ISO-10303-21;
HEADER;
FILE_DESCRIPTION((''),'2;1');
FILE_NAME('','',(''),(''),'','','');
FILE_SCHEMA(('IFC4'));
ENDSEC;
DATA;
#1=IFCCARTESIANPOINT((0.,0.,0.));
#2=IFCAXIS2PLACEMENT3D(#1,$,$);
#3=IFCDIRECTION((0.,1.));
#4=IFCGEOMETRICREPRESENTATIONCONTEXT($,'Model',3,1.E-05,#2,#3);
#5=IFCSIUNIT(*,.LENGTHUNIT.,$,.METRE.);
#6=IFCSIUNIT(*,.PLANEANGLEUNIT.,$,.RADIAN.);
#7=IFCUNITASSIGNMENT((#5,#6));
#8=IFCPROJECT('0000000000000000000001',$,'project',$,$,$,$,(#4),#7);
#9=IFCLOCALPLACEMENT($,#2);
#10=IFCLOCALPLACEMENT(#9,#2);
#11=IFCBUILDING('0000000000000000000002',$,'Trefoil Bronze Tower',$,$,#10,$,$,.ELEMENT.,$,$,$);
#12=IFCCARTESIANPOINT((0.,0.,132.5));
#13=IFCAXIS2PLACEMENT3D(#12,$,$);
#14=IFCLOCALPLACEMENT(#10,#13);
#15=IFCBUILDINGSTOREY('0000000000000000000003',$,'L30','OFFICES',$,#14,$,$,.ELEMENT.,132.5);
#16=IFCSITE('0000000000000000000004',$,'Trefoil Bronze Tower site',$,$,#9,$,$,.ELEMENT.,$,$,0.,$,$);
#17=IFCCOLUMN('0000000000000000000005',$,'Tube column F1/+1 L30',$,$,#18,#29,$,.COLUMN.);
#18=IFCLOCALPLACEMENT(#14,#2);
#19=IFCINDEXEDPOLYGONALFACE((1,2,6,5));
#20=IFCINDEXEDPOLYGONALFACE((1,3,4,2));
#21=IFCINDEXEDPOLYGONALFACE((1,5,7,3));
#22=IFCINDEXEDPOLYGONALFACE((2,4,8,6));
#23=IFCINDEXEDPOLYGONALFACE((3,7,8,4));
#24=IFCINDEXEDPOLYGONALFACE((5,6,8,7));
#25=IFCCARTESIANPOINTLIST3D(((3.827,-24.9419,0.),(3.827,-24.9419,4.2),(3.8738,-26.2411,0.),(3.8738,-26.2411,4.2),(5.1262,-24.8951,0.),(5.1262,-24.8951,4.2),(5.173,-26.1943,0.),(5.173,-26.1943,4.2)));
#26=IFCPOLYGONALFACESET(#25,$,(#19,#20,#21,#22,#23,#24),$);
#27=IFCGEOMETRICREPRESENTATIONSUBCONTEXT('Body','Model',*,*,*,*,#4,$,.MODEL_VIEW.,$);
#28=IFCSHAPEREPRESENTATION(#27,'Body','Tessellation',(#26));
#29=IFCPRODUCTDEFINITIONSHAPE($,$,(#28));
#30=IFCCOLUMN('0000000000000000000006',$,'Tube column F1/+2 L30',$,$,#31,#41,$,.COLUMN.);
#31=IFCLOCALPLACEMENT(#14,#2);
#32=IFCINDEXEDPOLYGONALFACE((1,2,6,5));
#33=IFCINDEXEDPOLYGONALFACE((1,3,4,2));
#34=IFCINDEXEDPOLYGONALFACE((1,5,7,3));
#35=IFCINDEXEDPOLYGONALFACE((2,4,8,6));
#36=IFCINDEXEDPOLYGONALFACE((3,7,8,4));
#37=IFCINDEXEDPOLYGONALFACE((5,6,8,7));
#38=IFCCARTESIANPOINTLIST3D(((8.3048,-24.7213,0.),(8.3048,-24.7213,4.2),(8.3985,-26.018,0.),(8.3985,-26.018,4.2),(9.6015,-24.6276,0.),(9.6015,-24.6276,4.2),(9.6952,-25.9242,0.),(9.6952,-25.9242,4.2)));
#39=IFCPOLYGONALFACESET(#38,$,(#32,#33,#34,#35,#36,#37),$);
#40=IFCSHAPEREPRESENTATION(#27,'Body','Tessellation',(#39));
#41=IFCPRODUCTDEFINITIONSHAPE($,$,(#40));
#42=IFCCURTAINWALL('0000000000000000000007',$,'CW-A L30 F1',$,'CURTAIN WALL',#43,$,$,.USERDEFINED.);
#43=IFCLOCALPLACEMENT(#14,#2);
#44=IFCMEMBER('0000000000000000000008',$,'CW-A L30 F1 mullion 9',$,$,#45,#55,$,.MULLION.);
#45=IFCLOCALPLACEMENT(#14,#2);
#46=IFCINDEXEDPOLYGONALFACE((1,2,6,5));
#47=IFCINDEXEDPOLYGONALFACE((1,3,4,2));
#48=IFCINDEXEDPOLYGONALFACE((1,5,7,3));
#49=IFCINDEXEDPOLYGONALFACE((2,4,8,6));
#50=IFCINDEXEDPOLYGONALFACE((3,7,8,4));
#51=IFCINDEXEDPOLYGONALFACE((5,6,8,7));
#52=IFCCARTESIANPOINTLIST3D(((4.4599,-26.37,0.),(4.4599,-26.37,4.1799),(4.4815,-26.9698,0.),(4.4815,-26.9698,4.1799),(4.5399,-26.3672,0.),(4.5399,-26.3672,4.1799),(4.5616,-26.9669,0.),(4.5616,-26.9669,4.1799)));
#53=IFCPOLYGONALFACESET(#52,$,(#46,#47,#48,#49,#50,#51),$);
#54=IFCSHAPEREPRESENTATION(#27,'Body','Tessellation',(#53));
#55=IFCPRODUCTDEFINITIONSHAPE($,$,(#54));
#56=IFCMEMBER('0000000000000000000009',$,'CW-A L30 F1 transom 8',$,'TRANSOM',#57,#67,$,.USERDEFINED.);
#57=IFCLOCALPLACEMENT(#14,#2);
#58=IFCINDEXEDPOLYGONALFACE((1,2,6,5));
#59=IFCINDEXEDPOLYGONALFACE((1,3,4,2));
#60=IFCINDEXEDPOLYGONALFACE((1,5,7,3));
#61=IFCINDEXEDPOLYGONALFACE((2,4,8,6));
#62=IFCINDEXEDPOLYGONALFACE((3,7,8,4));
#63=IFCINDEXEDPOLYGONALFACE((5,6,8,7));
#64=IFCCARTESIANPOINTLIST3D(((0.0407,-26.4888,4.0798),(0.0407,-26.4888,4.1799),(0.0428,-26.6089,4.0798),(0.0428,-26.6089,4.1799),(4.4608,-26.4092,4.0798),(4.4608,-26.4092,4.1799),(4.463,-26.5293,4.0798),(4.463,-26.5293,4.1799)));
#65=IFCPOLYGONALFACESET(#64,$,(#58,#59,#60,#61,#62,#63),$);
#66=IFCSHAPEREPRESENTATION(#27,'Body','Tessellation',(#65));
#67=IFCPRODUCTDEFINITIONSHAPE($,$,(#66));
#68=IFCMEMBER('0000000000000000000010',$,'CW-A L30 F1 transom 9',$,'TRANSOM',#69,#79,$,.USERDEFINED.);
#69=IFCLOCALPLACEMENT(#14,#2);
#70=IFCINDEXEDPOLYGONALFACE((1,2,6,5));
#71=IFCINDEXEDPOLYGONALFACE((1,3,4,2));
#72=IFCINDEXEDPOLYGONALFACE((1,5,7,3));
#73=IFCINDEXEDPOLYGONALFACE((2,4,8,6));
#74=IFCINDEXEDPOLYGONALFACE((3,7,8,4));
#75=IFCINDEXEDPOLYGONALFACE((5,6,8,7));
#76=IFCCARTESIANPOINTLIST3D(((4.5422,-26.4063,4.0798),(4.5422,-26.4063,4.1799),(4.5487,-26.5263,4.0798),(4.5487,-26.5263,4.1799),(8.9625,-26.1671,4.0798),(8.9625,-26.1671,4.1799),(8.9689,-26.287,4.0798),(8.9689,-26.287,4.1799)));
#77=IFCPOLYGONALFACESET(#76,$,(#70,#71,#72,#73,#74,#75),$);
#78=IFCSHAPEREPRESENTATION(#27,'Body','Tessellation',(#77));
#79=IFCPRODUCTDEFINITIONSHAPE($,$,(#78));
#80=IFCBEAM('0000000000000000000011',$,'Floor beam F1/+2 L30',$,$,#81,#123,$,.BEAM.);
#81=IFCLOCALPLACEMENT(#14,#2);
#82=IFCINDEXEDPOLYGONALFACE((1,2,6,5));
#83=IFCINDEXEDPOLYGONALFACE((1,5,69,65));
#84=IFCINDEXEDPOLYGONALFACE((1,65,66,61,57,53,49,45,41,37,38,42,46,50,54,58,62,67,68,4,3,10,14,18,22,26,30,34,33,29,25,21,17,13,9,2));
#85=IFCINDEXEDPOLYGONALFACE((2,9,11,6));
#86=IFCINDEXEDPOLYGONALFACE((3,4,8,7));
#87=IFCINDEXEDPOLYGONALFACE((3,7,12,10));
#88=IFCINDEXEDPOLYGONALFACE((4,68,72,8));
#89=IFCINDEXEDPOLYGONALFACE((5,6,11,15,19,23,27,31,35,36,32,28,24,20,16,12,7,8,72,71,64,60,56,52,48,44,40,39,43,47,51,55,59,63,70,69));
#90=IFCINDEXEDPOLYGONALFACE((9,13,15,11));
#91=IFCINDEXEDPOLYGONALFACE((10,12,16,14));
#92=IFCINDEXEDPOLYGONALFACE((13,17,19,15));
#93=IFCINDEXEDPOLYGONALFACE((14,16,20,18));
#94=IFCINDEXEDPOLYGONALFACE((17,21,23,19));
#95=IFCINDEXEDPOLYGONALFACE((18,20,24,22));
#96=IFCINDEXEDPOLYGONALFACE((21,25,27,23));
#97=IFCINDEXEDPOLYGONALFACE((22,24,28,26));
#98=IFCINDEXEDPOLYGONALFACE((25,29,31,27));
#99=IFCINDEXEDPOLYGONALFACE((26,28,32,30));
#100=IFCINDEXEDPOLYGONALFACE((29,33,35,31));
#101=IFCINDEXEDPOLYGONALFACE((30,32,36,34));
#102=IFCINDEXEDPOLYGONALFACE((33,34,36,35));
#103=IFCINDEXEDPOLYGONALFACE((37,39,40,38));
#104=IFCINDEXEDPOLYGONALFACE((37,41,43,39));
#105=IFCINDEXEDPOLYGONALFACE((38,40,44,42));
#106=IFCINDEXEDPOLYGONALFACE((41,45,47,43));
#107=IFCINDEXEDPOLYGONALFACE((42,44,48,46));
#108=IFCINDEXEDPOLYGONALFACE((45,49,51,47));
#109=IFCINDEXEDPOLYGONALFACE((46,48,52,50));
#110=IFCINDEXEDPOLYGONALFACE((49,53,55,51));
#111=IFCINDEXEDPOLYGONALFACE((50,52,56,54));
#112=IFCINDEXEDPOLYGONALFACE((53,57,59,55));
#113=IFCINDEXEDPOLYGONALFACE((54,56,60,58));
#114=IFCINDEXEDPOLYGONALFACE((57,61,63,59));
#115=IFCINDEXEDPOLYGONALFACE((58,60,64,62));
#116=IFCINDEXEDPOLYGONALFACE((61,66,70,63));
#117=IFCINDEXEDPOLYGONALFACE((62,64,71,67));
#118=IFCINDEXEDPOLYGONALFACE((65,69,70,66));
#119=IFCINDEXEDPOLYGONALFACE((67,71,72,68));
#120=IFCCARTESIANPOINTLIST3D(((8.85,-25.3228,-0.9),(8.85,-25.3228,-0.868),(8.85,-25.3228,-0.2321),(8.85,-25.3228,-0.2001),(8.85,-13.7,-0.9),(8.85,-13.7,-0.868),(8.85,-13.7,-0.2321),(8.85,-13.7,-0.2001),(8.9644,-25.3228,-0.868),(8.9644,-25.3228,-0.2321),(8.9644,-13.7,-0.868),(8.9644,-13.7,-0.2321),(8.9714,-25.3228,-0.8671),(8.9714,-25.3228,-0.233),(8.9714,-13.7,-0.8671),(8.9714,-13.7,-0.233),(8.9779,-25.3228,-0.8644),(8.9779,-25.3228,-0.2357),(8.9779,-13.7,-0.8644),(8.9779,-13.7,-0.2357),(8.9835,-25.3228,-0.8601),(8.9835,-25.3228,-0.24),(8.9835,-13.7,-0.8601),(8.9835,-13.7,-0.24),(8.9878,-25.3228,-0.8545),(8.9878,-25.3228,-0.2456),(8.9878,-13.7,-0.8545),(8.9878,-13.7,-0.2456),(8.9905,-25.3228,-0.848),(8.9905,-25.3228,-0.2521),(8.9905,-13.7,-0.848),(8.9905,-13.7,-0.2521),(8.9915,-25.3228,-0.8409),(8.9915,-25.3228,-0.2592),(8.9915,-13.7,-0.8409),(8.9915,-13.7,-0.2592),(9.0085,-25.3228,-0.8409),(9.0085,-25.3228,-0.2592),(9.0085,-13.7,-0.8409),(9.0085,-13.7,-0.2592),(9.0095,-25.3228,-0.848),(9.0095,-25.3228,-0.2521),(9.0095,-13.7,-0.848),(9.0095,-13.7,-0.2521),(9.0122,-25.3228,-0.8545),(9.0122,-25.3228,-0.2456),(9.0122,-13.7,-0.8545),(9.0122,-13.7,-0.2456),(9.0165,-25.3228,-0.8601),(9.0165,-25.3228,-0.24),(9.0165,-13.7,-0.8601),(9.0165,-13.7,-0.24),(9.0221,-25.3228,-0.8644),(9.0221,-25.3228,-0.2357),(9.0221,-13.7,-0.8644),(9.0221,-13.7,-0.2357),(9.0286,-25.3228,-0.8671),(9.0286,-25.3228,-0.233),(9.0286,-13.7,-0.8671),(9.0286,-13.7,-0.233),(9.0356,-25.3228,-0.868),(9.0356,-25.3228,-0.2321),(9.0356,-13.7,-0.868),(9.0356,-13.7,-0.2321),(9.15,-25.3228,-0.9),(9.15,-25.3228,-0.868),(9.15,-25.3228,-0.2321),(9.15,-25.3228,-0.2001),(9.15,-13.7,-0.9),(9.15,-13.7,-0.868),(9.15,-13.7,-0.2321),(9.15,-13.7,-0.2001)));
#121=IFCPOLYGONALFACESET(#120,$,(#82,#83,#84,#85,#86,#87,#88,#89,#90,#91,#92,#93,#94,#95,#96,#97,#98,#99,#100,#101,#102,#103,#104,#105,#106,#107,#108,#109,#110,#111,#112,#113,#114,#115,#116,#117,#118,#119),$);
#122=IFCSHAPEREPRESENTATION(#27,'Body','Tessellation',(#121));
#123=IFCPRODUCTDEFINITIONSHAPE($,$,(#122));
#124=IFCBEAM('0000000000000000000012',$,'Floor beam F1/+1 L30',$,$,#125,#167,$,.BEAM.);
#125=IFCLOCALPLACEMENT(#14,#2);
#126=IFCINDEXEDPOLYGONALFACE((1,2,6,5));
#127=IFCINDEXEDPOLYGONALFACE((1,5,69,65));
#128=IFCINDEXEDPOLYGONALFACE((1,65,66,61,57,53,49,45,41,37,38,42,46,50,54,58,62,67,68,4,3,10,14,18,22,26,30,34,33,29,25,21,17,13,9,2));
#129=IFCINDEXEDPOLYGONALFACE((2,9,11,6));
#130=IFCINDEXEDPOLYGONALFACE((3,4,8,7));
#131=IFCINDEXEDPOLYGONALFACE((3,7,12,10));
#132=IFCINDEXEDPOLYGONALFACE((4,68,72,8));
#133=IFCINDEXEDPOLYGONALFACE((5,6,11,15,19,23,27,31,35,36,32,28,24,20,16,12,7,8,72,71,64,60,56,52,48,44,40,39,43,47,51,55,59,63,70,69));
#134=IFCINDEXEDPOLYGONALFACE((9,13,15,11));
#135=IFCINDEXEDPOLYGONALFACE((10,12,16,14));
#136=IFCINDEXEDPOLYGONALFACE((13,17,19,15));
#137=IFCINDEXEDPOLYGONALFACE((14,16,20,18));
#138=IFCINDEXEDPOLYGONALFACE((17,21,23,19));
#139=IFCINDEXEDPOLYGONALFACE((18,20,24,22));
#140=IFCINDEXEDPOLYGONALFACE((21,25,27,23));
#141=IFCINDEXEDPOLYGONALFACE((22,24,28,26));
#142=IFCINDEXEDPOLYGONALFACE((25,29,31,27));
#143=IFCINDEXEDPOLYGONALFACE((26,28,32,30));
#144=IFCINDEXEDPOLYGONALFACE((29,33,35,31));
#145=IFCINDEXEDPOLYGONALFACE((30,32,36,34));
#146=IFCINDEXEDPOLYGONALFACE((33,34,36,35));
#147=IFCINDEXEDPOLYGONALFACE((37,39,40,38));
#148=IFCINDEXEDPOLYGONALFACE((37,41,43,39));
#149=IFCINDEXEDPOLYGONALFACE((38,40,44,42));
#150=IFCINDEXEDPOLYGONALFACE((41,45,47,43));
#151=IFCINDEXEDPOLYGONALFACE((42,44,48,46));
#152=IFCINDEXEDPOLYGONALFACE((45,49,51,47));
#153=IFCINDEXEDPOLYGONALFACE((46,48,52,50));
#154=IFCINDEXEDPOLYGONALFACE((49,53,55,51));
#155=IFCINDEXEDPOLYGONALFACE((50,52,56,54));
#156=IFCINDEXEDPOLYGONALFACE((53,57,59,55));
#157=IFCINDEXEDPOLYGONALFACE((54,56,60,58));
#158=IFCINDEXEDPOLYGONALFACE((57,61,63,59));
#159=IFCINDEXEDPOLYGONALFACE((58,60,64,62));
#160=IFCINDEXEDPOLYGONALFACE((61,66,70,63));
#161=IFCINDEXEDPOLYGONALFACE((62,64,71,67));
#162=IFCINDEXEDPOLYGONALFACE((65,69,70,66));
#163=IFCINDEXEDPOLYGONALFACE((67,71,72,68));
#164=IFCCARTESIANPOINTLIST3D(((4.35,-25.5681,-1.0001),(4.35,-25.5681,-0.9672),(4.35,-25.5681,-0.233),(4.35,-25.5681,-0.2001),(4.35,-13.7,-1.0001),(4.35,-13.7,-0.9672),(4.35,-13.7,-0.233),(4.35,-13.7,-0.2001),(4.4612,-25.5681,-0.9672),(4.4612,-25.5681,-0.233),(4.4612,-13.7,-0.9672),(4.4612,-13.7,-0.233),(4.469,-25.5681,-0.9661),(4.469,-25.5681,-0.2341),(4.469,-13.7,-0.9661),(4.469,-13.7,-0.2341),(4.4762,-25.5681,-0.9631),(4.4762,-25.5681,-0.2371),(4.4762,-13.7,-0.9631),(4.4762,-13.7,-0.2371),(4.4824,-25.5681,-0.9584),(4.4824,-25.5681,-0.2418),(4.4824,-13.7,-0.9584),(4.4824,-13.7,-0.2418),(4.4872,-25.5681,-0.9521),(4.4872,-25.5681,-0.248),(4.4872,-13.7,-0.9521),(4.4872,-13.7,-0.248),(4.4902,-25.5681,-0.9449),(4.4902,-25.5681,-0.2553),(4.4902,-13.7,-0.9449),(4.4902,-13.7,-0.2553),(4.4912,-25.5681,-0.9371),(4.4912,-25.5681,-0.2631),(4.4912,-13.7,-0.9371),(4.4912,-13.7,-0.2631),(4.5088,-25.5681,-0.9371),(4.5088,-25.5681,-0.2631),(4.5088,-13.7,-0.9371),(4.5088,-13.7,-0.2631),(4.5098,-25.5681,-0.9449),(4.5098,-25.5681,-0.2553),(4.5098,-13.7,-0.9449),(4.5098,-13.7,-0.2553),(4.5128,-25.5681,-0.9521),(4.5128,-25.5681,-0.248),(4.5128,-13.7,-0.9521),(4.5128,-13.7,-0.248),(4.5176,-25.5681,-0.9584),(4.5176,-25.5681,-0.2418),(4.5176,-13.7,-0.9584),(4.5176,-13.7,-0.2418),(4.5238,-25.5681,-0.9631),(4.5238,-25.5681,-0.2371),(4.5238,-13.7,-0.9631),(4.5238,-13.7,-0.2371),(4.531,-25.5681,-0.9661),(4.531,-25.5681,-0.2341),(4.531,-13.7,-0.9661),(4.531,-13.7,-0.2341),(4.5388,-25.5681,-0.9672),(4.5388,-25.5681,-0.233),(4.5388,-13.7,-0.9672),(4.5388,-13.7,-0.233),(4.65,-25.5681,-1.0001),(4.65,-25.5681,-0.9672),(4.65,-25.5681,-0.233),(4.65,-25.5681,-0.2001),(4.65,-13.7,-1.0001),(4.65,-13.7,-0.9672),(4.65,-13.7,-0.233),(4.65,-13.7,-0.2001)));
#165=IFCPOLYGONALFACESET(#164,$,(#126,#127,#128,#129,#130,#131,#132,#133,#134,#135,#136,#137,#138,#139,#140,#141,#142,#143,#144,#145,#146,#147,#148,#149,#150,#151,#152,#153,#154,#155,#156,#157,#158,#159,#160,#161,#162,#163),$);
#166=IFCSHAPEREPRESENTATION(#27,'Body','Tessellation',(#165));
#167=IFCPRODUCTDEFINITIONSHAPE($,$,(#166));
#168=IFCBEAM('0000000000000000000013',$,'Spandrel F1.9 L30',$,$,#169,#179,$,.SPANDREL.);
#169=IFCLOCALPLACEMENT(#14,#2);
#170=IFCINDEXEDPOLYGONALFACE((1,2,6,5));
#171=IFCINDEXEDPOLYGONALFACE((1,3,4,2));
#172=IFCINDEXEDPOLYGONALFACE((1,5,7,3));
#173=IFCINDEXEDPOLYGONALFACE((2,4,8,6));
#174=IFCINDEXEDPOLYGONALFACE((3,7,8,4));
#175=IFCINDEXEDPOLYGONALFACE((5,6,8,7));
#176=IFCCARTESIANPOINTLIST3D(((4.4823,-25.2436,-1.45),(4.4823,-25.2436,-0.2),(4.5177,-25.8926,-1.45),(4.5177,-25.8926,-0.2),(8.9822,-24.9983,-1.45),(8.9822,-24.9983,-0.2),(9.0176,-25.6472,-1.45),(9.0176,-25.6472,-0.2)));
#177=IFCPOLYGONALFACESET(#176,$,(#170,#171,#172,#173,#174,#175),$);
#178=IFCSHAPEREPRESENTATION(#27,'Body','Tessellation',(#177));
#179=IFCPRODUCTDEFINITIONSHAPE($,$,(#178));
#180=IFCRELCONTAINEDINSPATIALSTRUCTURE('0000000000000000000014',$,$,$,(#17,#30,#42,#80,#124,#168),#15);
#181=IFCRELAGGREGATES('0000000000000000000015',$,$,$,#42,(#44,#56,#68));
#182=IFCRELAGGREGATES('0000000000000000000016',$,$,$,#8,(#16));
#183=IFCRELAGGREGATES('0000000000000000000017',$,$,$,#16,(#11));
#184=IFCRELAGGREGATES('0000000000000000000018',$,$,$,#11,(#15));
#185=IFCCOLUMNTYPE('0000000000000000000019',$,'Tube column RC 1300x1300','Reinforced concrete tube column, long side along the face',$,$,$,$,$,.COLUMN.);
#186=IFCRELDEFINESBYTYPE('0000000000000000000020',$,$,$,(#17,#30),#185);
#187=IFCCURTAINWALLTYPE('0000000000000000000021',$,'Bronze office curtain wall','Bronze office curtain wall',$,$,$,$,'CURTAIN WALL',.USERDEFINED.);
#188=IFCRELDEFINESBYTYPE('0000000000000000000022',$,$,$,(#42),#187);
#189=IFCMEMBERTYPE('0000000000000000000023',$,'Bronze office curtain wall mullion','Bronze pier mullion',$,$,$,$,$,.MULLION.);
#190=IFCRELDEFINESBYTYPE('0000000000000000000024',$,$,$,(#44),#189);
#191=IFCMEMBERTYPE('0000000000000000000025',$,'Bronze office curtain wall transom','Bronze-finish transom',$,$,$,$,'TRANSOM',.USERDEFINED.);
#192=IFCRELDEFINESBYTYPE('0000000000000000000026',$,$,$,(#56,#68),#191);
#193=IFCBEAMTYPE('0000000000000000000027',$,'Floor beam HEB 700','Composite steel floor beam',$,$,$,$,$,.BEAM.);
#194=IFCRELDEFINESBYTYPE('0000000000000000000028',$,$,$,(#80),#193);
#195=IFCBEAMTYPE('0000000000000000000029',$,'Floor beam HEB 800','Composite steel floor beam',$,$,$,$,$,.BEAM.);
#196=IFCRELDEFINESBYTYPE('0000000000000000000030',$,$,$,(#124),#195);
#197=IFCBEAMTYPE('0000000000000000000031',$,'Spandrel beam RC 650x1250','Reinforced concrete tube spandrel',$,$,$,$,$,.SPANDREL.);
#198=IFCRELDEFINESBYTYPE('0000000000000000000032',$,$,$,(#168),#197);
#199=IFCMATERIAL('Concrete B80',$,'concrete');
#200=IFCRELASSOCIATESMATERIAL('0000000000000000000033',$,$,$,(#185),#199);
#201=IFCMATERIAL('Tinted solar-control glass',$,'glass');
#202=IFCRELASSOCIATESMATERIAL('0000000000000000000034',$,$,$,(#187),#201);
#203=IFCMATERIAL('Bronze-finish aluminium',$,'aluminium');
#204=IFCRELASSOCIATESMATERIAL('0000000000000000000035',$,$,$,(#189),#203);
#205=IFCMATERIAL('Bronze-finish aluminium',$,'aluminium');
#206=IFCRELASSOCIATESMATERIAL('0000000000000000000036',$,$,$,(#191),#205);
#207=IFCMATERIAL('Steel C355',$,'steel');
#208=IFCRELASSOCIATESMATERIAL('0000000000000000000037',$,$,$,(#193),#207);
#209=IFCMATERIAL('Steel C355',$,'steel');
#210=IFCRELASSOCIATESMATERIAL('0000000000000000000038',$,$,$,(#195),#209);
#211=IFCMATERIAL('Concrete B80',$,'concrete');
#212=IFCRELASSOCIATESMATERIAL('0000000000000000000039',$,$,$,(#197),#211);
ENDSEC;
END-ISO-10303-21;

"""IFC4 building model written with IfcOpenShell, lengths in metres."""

from ifc_helpers import new_model, si_unit, direction, frame, origin, origin_2d, place, context, subcontext, project, spatial, rectangle, i_section, extrude, material, material_profile, profile_set, type_object, element, aggregate, save


model = new_model("IFC4")

# Units and contexts
model_context = context("Model", 3, precision=1e-05, world=origin(), true_north=direction((0.0, 1.0)))
body_context = subcontext(model_context, "Body", "Model", "MODEL_VIEW")
ifc_project = project(units=[si_unit("LENGTHUNIT", "METRE"), si_unit("PLANEANGLEUNIT", "RADIAN")], contexts=[model_context])

# Site, building, storey
site_placement = place(None, origin())
site = spatial("IfcSite", under=ifc_project, at=site_placement, Name="Trefoil Bronze Tower site", CompositionType="ELEMENT", RefElevation=0.0)
building_placement = place(site_placement, origin())
building = spatial("IfcBuilding", under=site, at=building_placement, Name="Trefoil Bronze Tower", CompositionType="ELEMENT")
storey_placement = place(building_placement, frame((0.0, 0.0, 132.5)))
storey = spatial("IfcBuildingStorey", under=building, at=storey_placement, Name="L30", Description="OFFICES", CompositionType="ELEMENT", Elevation=132.5)

# Columns
ifc_material_1 = material(Name="Concrete B80", Category="concrete")
ifc_material_profile_1 = material_profile(ifc_material_1, rectangle(XDim=1.3, YDim=1.3, at=origin_2d()), Name="RC 1300x1300")
ifc_profile_set_1 = profile_set([ifc_material_profile_1], Name="Concrete B80")
column_type = type_object("IfcColumnType", Name="Tube column RC 1300x1300", Description="Reinforced concrete tube column, long side along the face", PredefinedType="COLUMN", material=ifc_profile_set_1)
for number, where, z_axis, x_axis, name in (
    (1, (4.5, -25.5681, 0.0), (0.0, 0.0, 1.0), (0.99935, 0.036048, 0.0), "Tube column F1/+1 L30"),
    (2, (9.0, -25.3228, 0.0), (0.0, 0.0, 1.0), (0.997398, 0.072096, 0.0), "Tube column F1/+2 L30"),
):
    element("IfcColumn", number, at=place(storey_placement, frame(where, z_axis=z_axis, x_axis=x_axis)), inside=storey, type_object=column_type, Name=name, PredefinedType="COLUMN", context=body_context, shape_type="SweptSolid", body=[
        extrude(rectangle(XDim=1.3, YDim=1.3, at=origin_2d()), origin(), (0.0, 0.0, 1.0), 4.2),
    ])

# Curtain wall, members
ifc_material_2 = material(Name="Tinted solar-control glass", Category="glass")
curtain_wall_type = type_object("IfcCurtainWallType", Name="Bronze office curtain wall", Description="Bronze office curtain wall", ElementType="CURTAIN WALL", PredefinedType="USERDEFINED", material=ifc_material_2)
curtain_wall_placement = place(storey_placement, origin())
curtain_wall = element("IfcCurtainWall", 3, at=curtain_wall_placement, inside=storey, type_object=curtain_wall_type, Name="CW-A L30 F1", ObjectType="CURTAIN WALL", PredefinedType="USERDEFINED")
ifc_material_3 = material(Name="Bronze-finish aluminium", Category="aluminium")
ifc_material_profile_2 = material_profile(ifc_material_3, rectangle(XDim=0.6001, YDim=0.0801, at=origin_2d()), Name="CW-A mullion")
ifc_profile_set_2 = profile_set([ifc_material_profile_2], Name="Bronze-finish aluminium")
member_type_1 = type_object("IfcMemberType", Name="Bronze office curtain wall mullion", Description="Bronze pier mullion", PredefinedType="MULLION", material=ifc_profile_set_2)
member_1_placement = place(storey_placement, frame((4.5107, -26.6685, 0.0), z_axis=(0.0, 0.0, 1.0), x_axis=(-0.036048, 0.99935, 0.0)))
member_1 = element("IfcMember", 4, at=member_1_placement, type_object=member_type_1, Name="CW-A L30 F1 mullion 9", PredefinedType="MULLION", context=body_context, shape_type="SweptSolid", body=[
    extrude(rectangle(XDim=0.6001, YDim=0.0801, at=origin_2d()), origin(), (0.0, 0.0, 1.0), 4.1799),
])
ifc_material_4 = material(Name="Bronze-finish aluminium", Category="aluminium")
ifc_material_profile_3 = material_profile(ifc_material_4, rectangle(XDim=0.1201, YDim=0.1001, at=origin_2d()), Name="CW-A transom")
ifc_profile_set_3 = profile_set([ifc_material_profile_3], Name="Bronze-finish aluminium")
member_type_2 = type_object("IfcMemberType", Name="Bronze office curtain wall transom", Description="Bronze-finish transom", ElementType="TRANSOM", PredefinedType="USERDEFINED", material=ifc_profile_set_3)
member_2_placement = place(storey_placement, frame((0.0417, -26.5488, 4.1299), z_axis=(0.999838, 0.018003, 0.0), x_axis=(-0.018003, 0.999838, 0.0)))
member_2 = element("IfcMember", 5, at=member_2_placement, type_object=member_type_2, Name="CW-A L30 F1 transom 8", ObjectType="TRANSOM", PredefinedType="USERDEFINED", context=body_context, shape_type="SweptSolid", body=[
    extrude(rectangle(XDim=0.1201, YDim=0.1001, at=origin_2d()), origin(), (0.0, 0.0, 1.0), 4.4209),
])
member_3_placement = place(storey_placement, frame((4.5454, -26.4663, 4.1299), z_axis=(0.998538, 0.05405, 0.0), x_axis=(-0.05405, 0.998538, 0.0)))
member_3 = element("IfcMember", 6, at=member_3_placement, type_object=member_type_2, Name="CW-A L30 F1 transom 9", ObjectType="TRANSOM", PredefinedType="USERDEFINED", context=body_context, shape_type="SweptSolid", body=[
    extrude(rectangle(XDim=0.1201, YDim=0.1001, at=origin_2d()), origin(), (0.0, 0.0, 1.0), 4.4268),
])

# Beams
ifc_material_5 = material(Name="Steel C355", Category="steel")
ifc_material_profile_4 = material_profile(ifc_material_5, i_section(OverallWidth=0.3, OverallDepth=0.7, WebThickness=0.0171, FlangeThickness=0.032, FilletRadius=0.0271, at=origin_2d()), Name="HEB 700")
ifc_profile_set_4 = profile_set([ifc_material_profile_4], Name="Steel C355")
beam_type_1 = type_object("IfcBeamType", Name="Floor beam HEB 700", Description="Composite steel floor beam", PredefinedType="BEAM", material=ifc_profile_set_4)
beam_1_placement = place(storey_placement, frame((9.0, -25.3228, -0.55), z_axis=(0.0, 1.0, 0.0), x_axis=(-1.0, 0.0, 0.0)))
element("IfcBeam", 7, at=beam_1_placement, inside=storey, type_object=beam_type_1, Name="Floor beam F1/+2 L30", PredefinedType="BEAM", context=body_context, shape_type="SweptSolid", body=[
    extrude(i_section(OverallWidth=0.3, OverallDepth=0.7, WebThickness=0.0171, FlangeThickness=0.032, FilletRadius=0.0271, at=origin_2d()), origin(), (0.0, 0.0, 1.0), 11.6228),
])
ifc_material_6 = material(Name="Steel C355", Category="steel")
ifc_material_profile_5 = material_profile(ifc_material_6, i_section(OverallWidth=0.3, OverallDepth=0.8, WebThickness=0.0176, FlangeThickness=0.033, FilletRadius=0.03, at=origin_2d()), Name="HEB 800")
ifc_profile_set_5 = profile_set([ifc_material_profile_5], Name="Steel C355")
beam_type_2 = type_object("IfcBeamType", Name="Floor beam HEB 800", Description="Composite steel floor beam", PredefinedType="BEAM", material=ifc_profile_set_5)
beam_2_placement = place(storey_placement, frame((4.5, -25.5681, -0.6001), z_axis=(0.0, 1.0, 0.0), x_axis=(-1.0, 0.0, 0.0)))
element("IfcBeam", 8, at=beam_2_placement, inside=storey, type_object=beam_type_2, Name="Floor beam F1/+1 L30", PredefinedType="BEAM", context=body_context, shape_type="SweptSolid", body=[
    extrude(i_section(OverallWidth=0.3, OverallDepth=0.8, WebThickness=0.0176, FlangeThickness=0.033, FilletRadius=0.03, at=origin_2d()), origin(), (0.0, 0.0, 1.0), 11.8682),
])
ifc_material_7 = material(Name="Concrete B80", Category="concrete")
ifc_material_profile_6 = material_profile(ifc_material_7, rectangle(XDim=0.6499, YDim=1.25, at=origin_2d()), Name="RC 650x1250")
ifc_profile_set_6 = profile_set([ifc_material_profile_6], Name="Concrete B80")
beam_type_3 = type_object("IfcBeamType", Name="Spandrel beam RC 650x1250", Description="Reinforced concrete tube spandrel", PredefinedType="SPANDREL", material=ifc_profile_set_6)
beam_3_placement = place(storey_placement, frame((4.5, -25.5681, -0.825), z_axis=(0.998517, 0.054444, 0.0), x_axis=(-0.054444, 0.998517, 0.0)))
element("IfcBeam", 9, at=beam_3_placement, inside=storey, type_object=beam_type_3, Name="Spandrel F1.9 L30", PredefinedType="SPANDREL", context=body_context, shape_type="SweptSolid", body=[
    extrude(rectangle(XDim=0.6499, YDim=1.25, at=origin_2d()), origin(), (0.0, 0.0, 1.0), 4.5066),
])

aggregate(curtain_wall, [member_1, member_2, member_3])

save(model, "model.ifc")
